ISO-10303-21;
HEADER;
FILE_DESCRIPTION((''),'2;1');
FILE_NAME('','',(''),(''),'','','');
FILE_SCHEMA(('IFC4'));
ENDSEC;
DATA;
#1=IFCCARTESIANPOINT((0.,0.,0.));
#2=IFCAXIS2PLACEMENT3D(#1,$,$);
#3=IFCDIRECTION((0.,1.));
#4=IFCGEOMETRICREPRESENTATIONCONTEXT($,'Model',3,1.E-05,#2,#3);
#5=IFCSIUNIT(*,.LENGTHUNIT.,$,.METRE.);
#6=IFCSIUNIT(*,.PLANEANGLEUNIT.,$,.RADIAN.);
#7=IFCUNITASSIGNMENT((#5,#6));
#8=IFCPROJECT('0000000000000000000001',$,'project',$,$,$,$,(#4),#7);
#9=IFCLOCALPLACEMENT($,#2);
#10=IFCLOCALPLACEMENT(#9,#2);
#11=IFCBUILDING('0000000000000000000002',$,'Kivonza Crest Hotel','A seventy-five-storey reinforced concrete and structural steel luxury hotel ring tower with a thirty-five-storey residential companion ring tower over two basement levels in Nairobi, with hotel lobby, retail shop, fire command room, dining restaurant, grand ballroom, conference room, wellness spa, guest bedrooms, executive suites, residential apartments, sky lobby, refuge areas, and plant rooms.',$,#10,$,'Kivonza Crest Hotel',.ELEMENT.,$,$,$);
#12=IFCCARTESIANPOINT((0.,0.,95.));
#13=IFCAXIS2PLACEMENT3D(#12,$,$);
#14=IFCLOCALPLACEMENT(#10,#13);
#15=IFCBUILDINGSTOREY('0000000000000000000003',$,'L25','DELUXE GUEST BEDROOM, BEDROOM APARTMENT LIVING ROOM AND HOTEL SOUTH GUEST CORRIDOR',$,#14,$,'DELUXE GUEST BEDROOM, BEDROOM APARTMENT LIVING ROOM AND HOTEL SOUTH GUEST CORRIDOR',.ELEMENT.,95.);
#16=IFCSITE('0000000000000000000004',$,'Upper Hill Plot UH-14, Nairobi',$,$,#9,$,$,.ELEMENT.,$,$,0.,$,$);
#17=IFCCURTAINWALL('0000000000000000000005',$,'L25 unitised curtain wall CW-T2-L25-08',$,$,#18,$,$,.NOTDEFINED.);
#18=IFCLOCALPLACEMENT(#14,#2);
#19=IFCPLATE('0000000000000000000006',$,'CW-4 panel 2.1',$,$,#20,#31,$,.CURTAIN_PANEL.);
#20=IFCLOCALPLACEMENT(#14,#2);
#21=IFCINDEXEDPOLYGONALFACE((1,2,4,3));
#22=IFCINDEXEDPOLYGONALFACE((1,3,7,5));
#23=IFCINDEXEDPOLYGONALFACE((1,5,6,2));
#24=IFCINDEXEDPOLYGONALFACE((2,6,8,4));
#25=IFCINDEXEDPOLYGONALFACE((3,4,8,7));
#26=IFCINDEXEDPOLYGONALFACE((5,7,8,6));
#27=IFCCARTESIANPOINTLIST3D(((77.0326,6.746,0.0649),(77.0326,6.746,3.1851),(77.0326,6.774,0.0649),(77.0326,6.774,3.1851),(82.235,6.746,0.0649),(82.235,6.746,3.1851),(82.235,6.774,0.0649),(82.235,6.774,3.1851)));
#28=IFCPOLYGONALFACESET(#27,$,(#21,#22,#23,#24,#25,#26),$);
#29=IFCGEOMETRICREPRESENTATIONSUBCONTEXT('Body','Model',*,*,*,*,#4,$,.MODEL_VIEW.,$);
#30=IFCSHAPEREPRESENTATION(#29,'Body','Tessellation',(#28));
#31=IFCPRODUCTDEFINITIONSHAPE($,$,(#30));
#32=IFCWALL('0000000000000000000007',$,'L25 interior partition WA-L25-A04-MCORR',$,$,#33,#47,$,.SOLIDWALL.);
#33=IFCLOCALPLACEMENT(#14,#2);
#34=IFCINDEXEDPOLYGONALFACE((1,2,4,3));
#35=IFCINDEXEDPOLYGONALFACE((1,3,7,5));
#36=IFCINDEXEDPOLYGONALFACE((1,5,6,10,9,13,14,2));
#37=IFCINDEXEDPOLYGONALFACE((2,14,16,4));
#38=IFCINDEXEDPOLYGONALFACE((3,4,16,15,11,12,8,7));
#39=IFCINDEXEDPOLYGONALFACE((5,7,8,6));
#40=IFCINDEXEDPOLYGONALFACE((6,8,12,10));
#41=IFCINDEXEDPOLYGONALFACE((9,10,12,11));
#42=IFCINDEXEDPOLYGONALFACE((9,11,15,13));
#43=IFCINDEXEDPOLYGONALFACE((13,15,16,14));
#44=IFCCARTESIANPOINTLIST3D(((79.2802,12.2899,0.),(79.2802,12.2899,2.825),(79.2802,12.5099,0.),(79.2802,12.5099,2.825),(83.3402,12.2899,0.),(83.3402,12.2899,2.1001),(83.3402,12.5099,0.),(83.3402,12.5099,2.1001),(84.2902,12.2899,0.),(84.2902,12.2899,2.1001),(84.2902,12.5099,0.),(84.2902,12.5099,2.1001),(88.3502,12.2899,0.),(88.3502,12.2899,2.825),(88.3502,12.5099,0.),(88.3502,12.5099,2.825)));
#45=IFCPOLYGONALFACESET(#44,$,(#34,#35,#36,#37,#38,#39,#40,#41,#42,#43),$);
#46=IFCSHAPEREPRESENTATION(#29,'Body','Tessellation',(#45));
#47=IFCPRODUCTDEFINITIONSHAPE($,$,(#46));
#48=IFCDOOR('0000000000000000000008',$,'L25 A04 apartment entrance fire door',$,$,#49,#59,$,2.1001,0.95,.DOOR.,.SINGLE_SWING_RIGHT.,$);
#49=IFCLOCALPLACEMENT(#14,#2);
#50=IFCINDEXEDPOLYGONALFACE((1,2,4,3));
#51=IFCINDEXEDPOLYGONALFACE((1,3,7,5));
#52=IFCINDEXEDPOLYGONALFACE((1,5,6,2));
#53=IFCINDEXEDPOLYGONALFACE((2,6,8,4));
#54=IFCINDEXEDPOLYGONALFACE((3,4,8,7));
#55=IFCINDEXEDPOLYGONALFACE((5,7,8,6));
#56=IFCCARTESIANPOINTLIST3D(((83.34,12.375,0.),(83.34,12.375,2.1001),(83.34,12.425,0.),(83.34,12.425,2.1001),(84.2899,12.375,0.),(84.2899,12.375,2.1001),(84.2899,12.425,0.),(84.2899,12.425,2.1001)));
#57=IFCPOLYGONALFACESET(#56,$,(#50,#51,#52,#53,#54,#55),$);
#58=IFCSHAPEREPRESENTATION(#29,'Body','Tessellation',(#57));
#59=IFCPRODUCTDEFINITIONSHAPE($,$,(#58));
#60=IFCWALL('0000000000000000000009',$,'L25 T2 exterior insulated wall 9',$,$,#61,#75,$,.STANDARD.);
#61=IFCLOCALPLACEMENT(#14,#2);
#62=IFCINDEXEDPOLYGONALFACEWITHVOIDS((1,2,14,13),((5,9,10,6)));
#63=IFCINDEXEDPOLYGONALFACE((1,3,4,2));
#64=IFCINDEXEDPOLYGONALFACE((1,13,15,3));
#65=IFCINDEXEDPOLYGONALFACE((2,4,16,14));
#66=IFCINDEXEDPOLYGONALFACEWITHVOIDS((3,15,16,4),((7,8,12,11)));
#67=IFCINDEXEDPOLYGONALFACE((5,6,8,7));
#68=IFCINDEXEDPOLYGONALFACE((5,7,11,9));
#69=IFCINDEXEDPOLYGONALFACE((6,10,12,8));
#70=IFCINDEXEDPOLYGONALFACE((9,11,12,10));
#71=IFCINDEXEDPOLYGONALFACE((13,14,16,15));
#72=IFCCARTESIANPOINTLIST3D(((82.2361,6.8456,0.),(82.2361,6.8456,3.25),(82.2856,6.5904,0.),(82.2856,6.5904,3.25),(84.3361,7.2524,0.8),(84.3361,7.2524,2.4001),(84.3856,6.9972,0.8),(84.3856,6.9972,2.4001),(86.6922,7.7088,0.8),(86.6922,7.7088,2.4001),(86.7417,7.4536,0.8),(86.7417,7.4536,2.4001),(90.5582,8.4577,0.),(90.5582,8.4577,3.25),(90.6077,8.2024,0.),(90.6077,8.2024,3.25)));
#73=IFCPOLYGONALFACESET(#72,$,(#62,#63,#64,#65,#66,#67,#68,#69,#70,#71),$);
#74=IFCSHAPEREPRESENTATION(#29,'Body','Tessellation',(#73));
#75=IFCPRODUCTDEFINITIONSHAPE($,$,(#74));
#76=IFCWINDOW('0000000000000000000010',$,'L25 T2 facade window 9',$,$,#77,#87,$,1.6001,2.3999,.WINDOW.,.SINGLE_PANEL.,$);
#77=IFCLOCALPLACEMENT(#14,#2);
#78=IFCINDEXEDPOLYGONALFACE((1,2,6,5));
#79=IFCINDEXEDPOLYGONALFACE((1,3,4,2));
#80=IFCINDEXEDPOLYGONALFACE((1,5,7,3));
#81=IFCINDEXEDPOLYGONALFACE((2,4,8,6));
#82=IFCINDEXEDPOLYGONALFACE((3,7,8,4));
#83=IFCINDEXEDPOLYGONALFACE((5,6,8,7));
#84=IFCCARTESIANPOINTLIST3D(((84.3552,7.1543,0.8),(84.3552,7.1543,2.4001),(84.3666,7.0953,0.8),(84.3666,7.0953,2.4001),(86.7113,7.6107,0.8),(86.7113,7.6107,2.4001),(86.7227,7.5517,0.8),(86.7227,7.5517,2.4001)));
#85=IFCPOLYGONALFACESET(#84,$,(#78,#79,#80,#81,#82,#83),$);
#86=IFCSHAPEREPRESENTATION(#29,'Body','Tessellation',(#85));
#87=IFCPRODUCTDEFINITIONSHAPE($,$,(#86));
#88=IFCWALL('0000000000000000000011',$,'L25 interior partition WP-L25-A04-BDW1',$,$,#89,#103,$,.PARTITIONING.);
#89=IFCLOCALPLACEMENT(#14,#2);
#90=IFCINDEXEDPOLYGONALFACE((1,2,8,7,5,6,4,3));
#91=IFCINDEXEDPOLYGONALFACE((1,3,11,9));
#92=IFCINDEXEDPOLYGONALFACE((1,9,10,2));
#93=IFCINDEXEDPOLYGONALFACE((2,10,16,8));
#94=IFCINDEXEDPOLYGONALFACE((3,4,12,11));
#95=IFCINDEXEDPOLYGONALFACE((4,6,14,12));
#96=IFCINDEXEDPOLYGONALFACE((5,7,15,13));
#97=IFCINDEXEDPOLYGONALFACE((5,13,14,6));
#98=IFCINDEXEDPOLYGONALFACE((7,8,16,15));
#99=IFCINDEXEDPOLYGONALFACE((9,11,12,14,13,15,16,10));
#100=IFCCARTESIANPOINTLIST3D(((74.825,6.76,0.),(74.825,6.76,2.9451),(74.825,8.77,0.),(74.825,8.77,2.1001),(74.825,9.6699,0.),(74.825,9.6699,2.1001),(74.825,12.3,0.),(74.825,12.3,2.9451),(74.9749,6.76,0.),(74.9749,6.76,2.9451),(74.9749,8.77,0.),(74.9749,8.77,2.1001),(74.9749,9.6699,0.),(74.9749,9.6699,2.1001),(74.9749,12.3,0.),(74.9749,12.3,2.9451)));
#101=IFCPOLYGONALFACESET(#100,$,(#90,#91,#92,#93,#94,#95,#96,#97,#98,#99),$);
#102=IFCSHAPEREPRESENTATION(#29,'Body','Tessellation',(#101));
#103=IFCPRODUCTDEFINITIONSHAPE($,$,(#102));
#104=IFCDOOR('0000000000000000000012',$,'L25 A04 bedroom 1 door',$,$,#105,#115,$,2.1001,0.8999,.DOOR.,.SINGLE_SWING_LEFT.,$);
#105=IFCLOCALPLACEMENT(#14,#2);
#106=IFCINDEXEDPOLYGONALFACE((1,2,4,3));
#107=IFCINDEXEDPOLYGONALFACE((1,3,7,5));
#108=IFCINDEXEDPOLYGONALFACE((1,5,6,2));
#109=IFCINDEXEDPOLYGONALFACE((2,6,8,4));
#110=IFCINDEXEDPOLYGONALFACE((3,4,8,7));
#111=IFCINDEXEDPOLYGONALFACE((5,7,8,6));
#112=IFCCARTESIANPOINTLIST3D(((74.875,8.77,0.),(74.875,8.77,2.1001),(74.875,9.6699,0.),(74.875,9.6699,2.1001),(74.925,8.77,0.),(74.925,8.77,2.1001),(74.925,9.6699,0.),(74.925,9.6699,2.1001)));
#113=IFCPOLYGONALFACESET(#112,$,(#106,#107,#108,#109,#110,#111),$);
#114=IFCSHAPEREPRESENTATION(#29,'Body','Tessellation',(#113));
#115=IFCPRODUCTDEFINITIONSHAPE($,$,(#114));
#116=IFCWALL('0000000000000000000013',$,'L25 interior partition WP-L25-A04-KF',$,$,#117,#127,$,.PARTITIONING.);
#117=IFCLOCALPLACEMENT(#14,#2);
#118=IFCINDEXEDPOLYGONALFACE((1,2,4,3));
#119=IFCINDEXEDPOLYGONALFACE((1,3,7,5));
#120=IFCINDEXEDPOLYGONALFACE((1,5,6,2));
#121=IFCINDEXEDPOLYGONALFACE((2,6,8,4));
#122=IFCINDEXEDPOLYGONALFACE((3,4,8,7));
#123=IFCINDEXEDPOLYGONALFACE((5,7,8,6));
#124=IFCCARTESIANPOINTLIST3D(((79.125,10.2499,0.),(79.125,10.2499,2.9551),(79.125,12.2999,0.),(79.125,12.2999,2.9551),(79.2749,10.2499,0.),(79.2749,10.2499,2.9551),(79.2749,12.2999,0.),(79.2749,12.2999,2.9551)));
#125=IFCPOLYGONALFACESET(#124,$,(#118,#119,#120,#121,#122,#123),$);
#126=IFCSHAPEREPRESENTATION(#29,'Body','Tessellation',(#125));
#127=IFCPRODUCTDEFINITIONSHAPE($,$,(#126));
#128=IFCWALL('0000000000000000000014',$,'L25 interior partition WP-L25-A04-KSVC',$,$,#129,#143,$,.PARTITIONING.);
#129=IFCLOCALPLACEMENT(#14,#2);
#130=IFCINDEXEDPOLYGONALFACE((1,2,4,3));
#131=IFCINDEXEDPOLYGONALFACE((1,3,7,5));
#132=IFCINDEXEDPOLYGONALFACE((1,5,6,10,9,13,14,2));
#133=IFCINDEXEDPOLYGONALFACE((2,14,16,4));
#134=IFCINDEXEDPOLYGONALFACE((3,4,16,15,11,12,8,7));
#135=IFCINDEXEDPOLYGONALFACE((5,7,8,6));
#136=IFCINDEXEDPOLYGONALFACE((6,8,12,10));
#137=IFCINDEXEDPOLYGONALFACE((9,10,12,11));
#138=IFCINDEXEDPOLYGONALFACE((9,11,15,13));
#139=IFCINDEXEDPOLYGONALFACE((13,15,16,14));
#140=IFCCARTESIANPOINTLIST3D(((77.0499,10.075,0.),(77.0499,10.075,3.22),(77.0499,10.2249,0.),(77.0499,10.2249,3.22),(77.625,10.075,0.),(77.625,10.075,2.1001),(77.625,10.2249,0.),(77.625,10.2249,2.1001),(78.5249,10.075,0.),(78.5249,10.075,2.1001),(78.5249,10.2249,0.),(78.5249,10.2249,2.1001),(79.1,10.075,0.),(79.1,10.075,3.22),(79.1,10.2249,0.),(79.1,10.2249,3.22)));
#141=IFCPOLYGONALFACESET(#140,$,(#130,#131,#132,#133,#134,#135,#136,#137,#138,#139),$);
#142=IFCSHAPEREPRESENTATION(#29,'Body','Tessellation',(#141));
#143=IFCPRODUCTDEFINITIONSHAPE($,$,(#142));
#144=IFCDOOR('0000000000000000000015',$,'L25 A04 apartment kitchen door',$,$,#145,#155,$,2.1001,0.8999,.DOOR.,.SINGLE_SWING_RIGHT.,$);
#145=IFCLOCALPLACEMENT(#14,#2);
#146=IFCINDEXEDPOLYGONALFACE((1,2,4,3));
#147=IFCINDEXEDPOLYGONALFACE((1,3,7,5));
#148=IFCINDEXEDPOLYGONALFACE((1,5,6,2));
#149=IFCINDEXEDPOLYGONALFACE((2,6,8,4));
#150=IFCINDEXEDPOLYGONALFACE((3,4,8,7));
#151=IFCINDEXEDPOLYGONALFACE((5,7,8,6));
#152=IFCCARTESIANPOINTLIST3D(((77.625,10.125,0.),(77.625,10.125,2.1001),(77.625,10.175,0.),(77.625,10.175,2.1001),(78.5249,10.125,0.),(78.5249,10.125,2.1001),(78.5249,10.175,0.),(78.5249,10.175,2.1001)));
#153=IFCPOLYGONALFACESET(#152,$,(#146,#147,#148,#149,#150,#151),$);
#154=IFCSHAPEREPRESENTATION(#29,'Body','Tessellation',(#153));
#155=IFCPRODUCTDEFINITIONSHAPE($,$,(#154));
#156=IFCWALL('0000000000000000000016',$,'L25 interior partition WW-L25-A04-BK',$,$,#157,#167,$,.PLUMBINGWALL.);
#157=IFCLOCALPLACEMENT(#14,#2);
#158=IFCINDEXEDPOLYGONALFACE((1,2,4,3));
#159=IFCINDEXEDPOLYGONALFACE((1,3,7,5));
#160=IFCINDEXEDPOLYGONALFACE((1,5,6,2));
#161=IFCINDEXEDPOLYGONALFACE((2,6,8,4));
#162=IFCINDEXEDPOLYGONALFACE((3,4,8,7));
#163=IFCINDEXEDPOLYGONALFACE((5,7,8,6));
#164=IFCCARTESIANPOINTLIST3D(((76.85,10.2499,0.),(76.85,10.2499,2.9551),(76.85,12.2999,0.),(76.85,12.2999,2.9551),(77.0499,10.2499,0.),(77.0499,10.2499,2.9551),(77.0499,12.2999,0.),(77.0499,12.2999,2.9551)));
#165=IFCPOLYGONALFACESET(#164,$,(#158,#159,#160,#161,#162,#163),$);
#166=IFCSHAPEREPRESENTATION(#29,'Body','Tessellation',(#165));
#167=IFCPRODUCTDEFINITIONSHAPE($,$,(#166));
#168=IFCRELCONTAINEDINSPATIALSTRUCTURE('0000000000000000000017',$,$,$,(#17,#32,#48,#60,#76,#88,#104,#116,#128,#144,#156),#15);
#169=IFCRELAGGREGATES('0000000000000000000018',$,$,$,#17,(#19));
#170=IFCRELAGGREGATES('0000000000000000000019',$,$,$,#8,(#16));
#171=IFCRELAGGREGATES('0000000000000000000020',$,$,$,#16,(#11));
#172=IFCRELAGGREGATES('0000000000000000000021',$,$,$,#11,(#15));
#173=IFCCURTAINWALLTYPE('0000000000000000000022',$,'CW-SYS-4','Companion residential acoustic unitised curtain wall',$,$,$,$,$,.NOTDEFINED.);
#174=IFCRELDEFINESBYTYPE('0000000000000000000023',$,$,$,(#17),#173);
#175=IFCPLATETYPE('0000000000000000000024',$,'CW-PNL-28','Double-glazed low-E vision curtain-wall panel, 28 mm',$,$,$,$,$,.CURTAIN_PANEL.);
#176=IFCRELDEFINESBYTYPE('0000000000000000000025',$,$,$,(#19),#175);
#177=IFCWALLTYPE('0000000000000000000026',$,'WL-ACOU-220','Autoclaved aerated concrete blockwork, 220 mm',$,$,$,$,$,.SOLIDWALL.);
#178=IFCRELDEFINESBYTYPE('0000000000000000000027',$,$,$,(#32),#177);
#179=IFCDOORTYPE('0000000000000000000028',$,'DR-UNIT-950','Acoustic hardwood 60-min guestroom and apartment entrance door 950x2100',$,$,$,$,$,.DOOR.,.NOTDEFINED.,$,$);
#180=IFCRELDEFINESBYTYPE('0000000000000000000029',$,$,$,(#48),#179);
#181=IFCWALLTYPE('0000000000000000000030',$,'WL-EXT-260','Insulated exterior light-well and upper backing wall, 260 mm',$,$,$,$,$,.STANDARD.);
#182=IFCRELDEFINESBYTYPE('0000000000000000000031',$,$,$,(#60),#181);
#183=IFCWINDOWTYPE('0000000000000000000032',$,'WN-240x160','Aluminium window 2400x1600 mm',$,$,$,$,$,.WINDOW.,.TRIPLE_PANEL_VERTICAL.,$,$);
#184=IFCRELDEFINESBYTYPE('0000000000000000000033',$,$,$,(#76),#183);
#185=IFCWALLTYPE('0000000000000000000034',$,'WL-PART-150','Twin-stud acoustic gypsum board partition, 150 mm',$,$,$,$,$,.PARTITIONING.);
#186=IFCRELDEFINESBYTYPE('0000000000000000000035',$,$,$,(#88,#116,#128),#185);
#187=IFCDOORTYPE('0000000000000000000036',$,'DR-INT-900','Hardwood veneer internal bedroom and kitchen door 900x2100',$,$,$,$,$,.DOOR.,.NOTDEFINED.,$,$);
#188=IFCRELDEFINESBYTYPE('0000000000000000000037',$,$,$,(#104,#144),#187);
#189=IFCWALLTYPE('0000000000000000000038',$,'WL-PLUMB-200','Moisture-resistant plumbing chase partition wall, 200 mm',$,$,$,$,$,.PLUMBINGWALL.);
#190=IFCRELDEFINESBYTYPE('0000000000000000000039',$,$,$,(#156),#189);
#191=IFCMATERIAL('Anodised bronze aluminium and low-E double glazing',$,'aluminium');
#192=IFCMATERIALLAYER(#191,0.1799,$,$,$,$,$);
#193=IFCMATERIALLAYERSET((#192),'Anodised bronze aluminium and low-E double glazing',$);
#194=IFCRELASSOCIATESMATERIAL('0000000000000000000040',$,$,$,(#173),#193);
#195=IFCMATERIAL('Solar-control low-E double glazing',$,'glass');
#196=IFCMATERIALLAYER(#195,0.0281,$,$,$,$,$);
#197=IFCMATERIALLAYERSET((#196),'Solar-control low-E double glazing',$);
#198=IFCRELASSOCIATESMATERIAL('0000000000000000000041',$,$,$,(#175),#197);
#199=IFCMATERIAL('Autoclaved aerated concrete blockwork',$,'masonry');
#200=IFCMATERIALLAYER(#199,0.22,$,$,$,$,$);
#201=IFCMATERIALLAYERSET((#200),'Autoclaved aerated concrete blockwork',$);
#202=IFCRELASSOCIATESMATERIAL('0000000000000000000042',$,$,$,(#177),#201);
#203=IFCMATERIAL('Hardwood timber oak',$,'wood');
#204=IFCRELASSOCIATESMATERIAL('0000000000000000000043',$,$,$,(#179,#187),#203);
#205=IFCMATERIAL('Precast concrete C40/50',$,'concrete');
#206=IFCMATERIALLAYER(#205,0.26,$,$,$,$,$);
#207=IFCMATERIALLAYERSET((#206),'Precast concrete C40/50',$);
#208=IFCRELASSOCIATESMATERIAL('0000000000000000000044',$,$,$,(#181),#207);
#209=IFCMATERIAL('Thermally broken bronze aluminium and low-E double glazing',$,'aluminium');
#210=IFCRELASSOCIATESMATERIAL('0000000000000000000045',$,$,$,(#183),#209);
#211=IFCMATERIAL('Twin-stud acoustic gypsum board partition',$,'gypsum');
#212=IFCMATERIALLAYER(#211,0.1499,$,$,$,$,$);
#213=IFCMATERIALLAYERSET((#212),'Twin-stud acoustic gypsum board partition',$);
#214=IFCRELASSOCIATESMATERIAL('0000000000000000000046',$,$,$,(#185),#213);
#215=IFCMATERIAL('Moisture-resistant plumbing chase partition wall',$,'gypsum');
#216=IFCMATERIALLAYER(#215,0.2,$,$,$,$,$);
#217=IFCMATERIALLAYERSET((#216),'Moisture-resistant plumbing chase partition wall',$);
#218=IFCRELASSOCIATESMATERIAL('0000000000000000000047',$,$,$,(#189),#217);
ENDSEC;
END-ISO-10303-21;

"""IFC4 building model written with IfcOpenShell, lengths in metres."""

from ifc_helpers import new_model, si_unit, direction, frame, frame_2d, origin, origin_2d, place, context, subcontext, project, spatial, rectangle, extrude, material, layer, layer_set, type_object, element, fill, aggregate, save


model = new_model("IFC4")

# Units and contexts
model_context = context("Model", 3, precision=1e-05, world=origin(), true_north=direction((0.0, 1.0)))
body_context = subcontext(model_context, "Body", "Model", "MODEL_VIEW")
ifc_project = project(units=[si_unit("LENGTHUNIT", "METRE"), si_unit("PLANEANGLEUNIT", "RADIAN")], contexts=[model_context])

# Site, building, storey
site_placement = place(None, origin())
site = spatial("IfcSite", under=ifc_project, at=site_placement, Name="Upper Hill Plot UH-14, Nairobi", CompositionType="ELEMENT", RefElevation=0.0)
building_placement = place(site_placement, origin())
building = spatial("IfcBuilding", under=site, at=building_placement, Name="Kivonza Crest Hotel", Description="A seventy-five-storey reinforced concrete and structural steel luxury hotel ring tower with a thirty-five-storey residential companion ring tower over two basement levels in Nairobi, with hotel lobby, retail shop, fire command room, dining restaurant, grand ballroom, conference room, wellness spa, guest bedrooms, executive suites, residential apartments, sky lobby, refuge areas, and plant rooms.", LongName="Kivonza Crest Hotel", CompositionType="ELEMENT")
storey_placement = place(building_placement, frame((0.0, 0.0, 95.0)))
storey = spatial("IfcBuildingStorey", under=building, at=storey_placement, Name="L25", Description="DELUXE GUEST BEDROOM, BEDROOM APARTMENT LIVING ROOM AND HOTEL SOUTH GUEST CORRIDOR", LongName="DELUXE GUEST BEDROOM, BEDROOM APARTMENT LIVING ROOM AND HOTEL SOUTH GUEST CORRIDOR", CompositionType="ELEMENT", Elevation=95.0)

# Curtain wall, plate
ifc_material_1 = material(Name="Anodised bronze aluminium and low-E double glazing", Category="aluminium")
ifc_layer_1 = layer(ifc_material_1, 0.1799)
ifc_layer_set_1 = layer_set([ifc_layer_1], Name="Anodised bronze aluminium and low-E double glazing")
curtain_wall_type = type_object("IfcCurtainWallType", Name="CW-SYS-4", Description="Companion residential acoustic unitised curtain wall", PredefinedType="NOTDEFINED", material=ifc_layer_set_1)
curtain_wall_placement = place(storey_placement, origin())
curtain_wall = element("IfcCurtainWall", 1, at=curtain_wall_placement, inside=storey, type_object=curtain_wall_type, Name="L25 unitised curtain wall CW-T2-L25-08", PredefinedType="NOTDEFINED")
ifc_material_2 = material(Name="Solar-control low-E double glazing", Category="glass")
ifc_layer_2 = layer(ifc_material_2, 0.0281)
ifc_layer_set_2 = layer_set([ifc_layer_2], Name="Solar-control low-E double glazing")
plate_type = type_object("IfcPlateType", Name="CW-PNL-28", Description="Double-glazed low-E vision curtain-wall panel, 28 mm", PredefinedType="CURTAIN_PANEL", material=ifc_layer_set_2)
plate_1_placement = place(storey_placement, frame((79.6338, 6.76, 0.0649), z_axis=(0.0, 0.0, 1.0), x_axis=(1.0, 0.0, 0.0)))
plate_1 = element("IfcPlate", 2, at=plate_1_placement, type_object=plate_type, Name="CW-4 panel 2.1", PredefinedType="CURTAIN_PANEL", context=body_context, shape_type="SweptSolid", body=[
    extrude(rectangle(XDim=5.2024, YDim=0.0281, at=origin_2d()), origin(), (0.0, 0.0, 1.0), 3.1201),
])
aggregate(curtain_wall, [plate_1])

# Wall, opening, door
ifc_material_3 = material(Name="Autoclaved aerated concrete blockwork", Category="masonry")
ifc_layer_3 = layer(ifc_material_3, 0.22)
ifc_layer_set_3 = layer_set([ifc_layer_3], Name="Autoclaved aerated concrete blockwork")
wall_type_1 = type_object("IfcWallType", Name="WL-ACOU-220", Description="Autoclaved aerated concrete blockwork, 220 mm", PredefinedType="SOLIDWALL", material=ifc_layer_set_3)
wall_1_placement = place(storey_placement, frame((79.28, 12.3999, 0.0), z_axis=(0.0, 0.0, 1.0), x_axis=(1.0, 0.0, 0.0)))
wall_1 = element("IfcWall", 3, at=wall_1_placement, inside=storey, type_object=wall_type_1, Name="L25 interior partition WA-L25-A04-MCORR", PredefinedType="SOLIDWALL", context=body_context, shape_type="SweptSolid", body=[
    extrude(rectangle(XDim=9.0701, YDim=0.22, at=frame_2d((4.5352, 0.0))), origin(), (0.0, 0.0, 1.0), 2.825),
])
opening_1_placement = place(wall_1_placement, frame((4.0601, 0.0, 0.0)))
opening_1 = element("IfcOpeningElement", 4, at=opening_1_placement, cuts=wall_1, PredefinedType="OPENING", context=body_context, shape_type="SweptSolid", body=[
    extrude(rectangle(XDim=0.95, YDim=2.1001, at=frame_2d((0.4751, 1.05))), frame((0.0, 0.1201, 0.0), z_axis=(0.0, -1.0, 0.0), x_axis=(1.0, 0.0, 0.0)), (0.0, 0.0, 1.0), 0.24),
])
ifc_material_4 = material(Name="Hardwood timber oak", Category="wood")
door_type_1 = type_object("IfcDoorType", Name="DR-UNIT-950", Description="Acoustic hardwood 60-min guestroom and apartment entrance door 950x2100", OperationType="NOTDEFINED", PredefinedType="DOOR", material=ifc_material_4)
door_1_placement = place(opening_1_placement, frame((0.95, 0.0, 0.0), z_axis=(0.0, 0.0, 1.0), x_axis=(-1.0, 0.0, 0.0)))
door_1 = element("IfcDoor", 5, at=door_1_placement, inside=storey, type_object=door_type_1, Name="L25 A04 apartment entrance fire door", OperationType="SINGLE_SWING_RIGHT", OverallHeight=2.1001, OverallWidth=0.95, PredefinedType="DOOR", context=body_context, shape_type="SweptSolid", body=[
    extrude(rectangle(XDim=0.95, YDim=2.1001, at=frame_2d((0.4751, 1.05))), frame((0.0, 0.0249, 0.0), z_axis=(0.0, -1.0, 0.0), x_axis=(1.0, 0.0, 0.0)), (0.0, 0.0, 1.0), 0.05),
])
fill(opening_1, door_1)

# Wall, opening, window
ifc_material_5 = material(Name="Precast concrete C40/50", Category="concrete")
ifc_layer_4 = layer(ifc_material_5, 0.26)
ifc_layer_set_4 = layer_set([ifc_layer_4], Name="Precast concrete C40/50")
wall_type_2 = type_object("IfcWallType", Name="WL-EXT-260", Description="Insulated exterior light-well and upper backing wall, 260 mm", PredefinedType="STANDARD", material=ifc_layer_set_4)
wall_2_placement = place(storey_placement, frame((82.261, 6.718, 0.0), z_axis=(0.0, 0.0, 1.0), x_axis=(0.98175, 0.190175, 0.0)))
wall_2 = element("IfcWall", 6, at=wall_2_placement, inside=storey, type_object=wall_type_2, Name="L25 T2 exterior insulated wall 9", PredefinedType="STANDARD", context=body_context, shape_type="SweptSolid", body=[
    extrude(rectangle(XDim=8.4768, YDim=0.26, at=frame_2d((4.2383, 0.0))), origin(), (0.0, 0.0, 1.0), 3.25),
])
opening_2_placement = place(wall_2_placement, frame((2.1389, 0.0, 0.8)))
opening_2 = element("IfcOpeningElement", 7, at=opening_2_placement, cuts=wall_2, PredefinedType="OPENING", context=body_context, shape_type="SweptSolid", body=[
    extrude(rectangle(XDim=2.3999, YDim=1.6001, at=frame_2d((1.2, 0.8))), frame((0.0, 0.1401, 0.0), z_axis=(0.0, -1.0, 0.0), x_axis=(1.0, 0.0, 0.0)), (0.0, 0.0, 1.0), 0.28),
])
ifc_material_6 = material(Name="Thermally broken bronze aluminium and low-E double glazing", Category="aluminium")
window_type = type_object("IfcWindowType", Name="WN-240x160", Description="Aluminium window 2400x1600 mm", PartitioningType="TRIPLE_PANEL_VERTICAL", PredefinedType="WINDOW", material=ifc_material_6)
window_placement = place(opening_2_placement, origin())
window = element("IfcWindow", 8, at=window_placement, inside=storey, type_object=window_type, Name="L25 T2 facade window 9", OverallHeight=1.6001, OverallWidth=2.3999, PartitioningType="SINGLE_PANEL", PredefinedType="WINDOW", context=body_context, shape_type="SweptSolid", body=[
    extrude(rectangle(XDim=2.3999, YDim=1.6001, at=frame_2d((1.2, 0.8))), frame((0.0, 0.03, 0.0), z_axis=(0.0, -1.0, 0.0), x_axis=(1.0, 0.0, 0.0)), (0.0, 0.0, 1.0), 0.0601),
])
fill(opening_2, window)

# Wall, opening, door
ifc_material_7 = material(Name="Twin-stud acoustic gypsum board partition", Category="gypsum")
ifc_layer_5 = layer(ifc_material_7, 0.1499)
ifc_layer_set_5 = layer_set([ifc_layer_5], Name="Twin-stud acoustic gypsum board partition")
wall_type_3 = type_object("IfcWallType", Name="WL-PART-150", Description="Twin-stud acoustic gypsum board partition, 150 mm", PredefinedType="PARTITIONING", material=ifc_layer_set_5)
wall_3_placement = place(storey_placement, frame((74.8999, 6.76, 0.0), z_axis=(0.0, 0.0, 1.0), x_axis=(0.0, 1.0, 0.0)))
wall_3 = element("IfcWall", 9, at=wall_3_placement, inside=storey, type_object=wall_type_3, Name="L25 interior partition WP-L25-A04-BDW1", PredefinedType="PARTITIONING", context=body_context, shape_type="SweptSolid", body=[
    extrude(rectangle(XDim=5.54, YDim=0.1499, at=frame_2d((2.77, 0.0))), origin(), (0.0, 0.0, 1.0), 2.9451),
])
opening_3_placement = place(wall_3_placement, frame((2.01, 0.0, 0.0)))
opening_3 = element("IfcOpeningElement", 10, at=opening_3_placement, cuts=wall_3, PredefinedType="OPENING", context=body_context, shape_type="SweptSolid", body=[
    extrude(rectangle(XDim=0.8999, YDim=2.1001, at=frame_2d((0.45, 1.05))), frame((0.0, 0.085, 0.0), z_axis=(0.0, -1.0, 0.0), x_axis=(1.0, 0.0, 0.0)), (0.0, 0.0, 1.0), 0.1699),
])
door_type_2 = type_object("IfcDoorType", Name="DR-INT-900", Description="Hardwood veneer internal bedroom and kitchen door 900x2100", OperationType="NOTDEFINED", PredefinedType="DOOR", material=ifc_material_4)
door_2_placement = place(opening_3_placement, origin())
door_2 = element("IfcDoor", 11, at=door_2_placement, inside=storey, type_object=door_type_2, Name="L25 A04 bedroom 1 door", OperationType="SINGLE_SWING_LEFT", OverallHeight=2.1001, OverallWidth=0.8999, PredefinedType="DOOR", context=body_context, shape_type="SweptSolid", body=[
    extrude(rectangle(XDim=0.8999, YDim=2.1001, at=frame_2d((0.45, 1.05))), frame((0.0, 0.0249, 0.0), z_axis=(0.0, -1.0, 0.0), x_axis=(1.0, 0.0, 0.0)), (0.0, 0.0, 1.0), 0.05),
])
fill(opening_3, door_2)

# Wall
wall_4_placement = place(storey_placement, frame((79.2, 10.25, 0.0), z_axis=(0.0, 0.0, 1.0), x_axis=(0.0, 1.0, 0.0)))
element("IfcWall", 12, at=wall_4_placement, inside=storey, type_object=wall_type_3, Name="L25 interior partition WP-L25-A04-KF", PredefinedType="PARTITIONING", context=body_context, shape_type="SweptSolid", body=[
    extrude(rectangle(XDim=2.05, YDim=0.1499, at=frame_2d((1.0249, 0.0))), origin(), (0.0, 0.0, 1.0), 2.9551),
])

# Wall, opening, door
wall_5_placement = place(storey_placement, frame((77.05, 10.1499, 0.0), z_axis=(0.0, 0.0, 1.0), x_axis=(1.0, 0.0, 0.0)))
wall_5 = element("IfcWall", 13, at=wall_5_placement, inside=storey, type_object=wall_type_3, Name="L25 interior partition WP-L25-A04-KSVC", PredefinedType="PARTITIONING", context=body_context, shape_type="SweptSolid", body=[
    extrude(rectangle(XDim=2.05, YDim=0.1499, at=frame_2d((1.0249, 0.0))), origin(), (0.0, 0.0, 1.0), 3.22),
])
opening_4_placement = place(wall_5_placement, frame((0.575, 0.0, 0.0)))
opening_4 = element("IfcOpeningElement", 14, at=opening_4_placement, cuts=wall_5, PredefinedType="OPENING", context=body_context, shape_type="SweptSolid", body=[
    extrude(rectangle(XDim=0.8999, YDim=2.1001, at=frame_2d((0.45, 1.05))), frame((0.0, 0.085, 0.0), z_axis=(0.0, -1.0, 0.0), x_axis=(1.0, 0.0, 0.0)), (0.0, 0.0, 1.0), 0.1699),
])
door_3_placement = place(opening_4_placement, frame((0.8999, 0.0, 0.0), z_axis=(0.0, 0.0, 1.0), x_axis=(-1.0, 0.0, 0.0)))
door_3 = element("IfcDoor", 15, at=door_3_placement, inside=storey, type_object=door_type_2, Name="L25 A04 apartment kitchen door", OperationType="SINGLE_SWING_RIGHT", OverallHeight=2.1001, OverallWidth=0.8999, PredefinedType="DOOR", context=body_context, shape_type="SweptSolid", body=[
    extrude(rectangle(XDim=0.8999, YDim=2.1001, at=frame_2d((0.45, 1.05))), frame((0.0, 0.0249, 0.0), z_axis=(0.0, -1.0, 0.0), x_axis=(1.0, 0.0, 0.0)), (0.0, 0.0, 1.0), 0.05),
])
fill(opening_4, door_3)

# Wall
ifc_material_8 = material(Name="Moisture-resistant plumbing chase partition wall", Category="gypsum")
ifc_layer_6 = layer(ifc_material_8, 0.2)
ifc_layer_set_6 = layer_set([ifc_layer_6], Name="Moisture-resistant plumbing chase partition wall")
wall_type_4 = type_object("IfcWallType", Name="WL-PLUMB-200", Description="Moisture-resistant plumbing chase partition wall, 200 mm", PredefinedType="PLUMBINGWALL", material=ifc_layer_set_6)
wall_6_placement = place(storey_placement, frame((76.95, 10.25, 0.0), z_axis=(0.0, 0.0, 1.0), x_axis=(0.0, 1.0, 0.0)))
element("IfcWall", 16, at=wall_6_placement, inside=storey, type_object=wall_type_4, Name="L25 interior partition WW-L25-A04-BK", PredefinedType="PLUMBINGWALL", context=body_context, shape_type="SweptSolid", body=[
    extrude(rectangle(XDim=2.05, YDim=0.2, at=frame_2d((1.0249, 0.0))), origin(), (0.0, 0.0, 1.0), 2.9551),
])

save(model, "model.ifc")
